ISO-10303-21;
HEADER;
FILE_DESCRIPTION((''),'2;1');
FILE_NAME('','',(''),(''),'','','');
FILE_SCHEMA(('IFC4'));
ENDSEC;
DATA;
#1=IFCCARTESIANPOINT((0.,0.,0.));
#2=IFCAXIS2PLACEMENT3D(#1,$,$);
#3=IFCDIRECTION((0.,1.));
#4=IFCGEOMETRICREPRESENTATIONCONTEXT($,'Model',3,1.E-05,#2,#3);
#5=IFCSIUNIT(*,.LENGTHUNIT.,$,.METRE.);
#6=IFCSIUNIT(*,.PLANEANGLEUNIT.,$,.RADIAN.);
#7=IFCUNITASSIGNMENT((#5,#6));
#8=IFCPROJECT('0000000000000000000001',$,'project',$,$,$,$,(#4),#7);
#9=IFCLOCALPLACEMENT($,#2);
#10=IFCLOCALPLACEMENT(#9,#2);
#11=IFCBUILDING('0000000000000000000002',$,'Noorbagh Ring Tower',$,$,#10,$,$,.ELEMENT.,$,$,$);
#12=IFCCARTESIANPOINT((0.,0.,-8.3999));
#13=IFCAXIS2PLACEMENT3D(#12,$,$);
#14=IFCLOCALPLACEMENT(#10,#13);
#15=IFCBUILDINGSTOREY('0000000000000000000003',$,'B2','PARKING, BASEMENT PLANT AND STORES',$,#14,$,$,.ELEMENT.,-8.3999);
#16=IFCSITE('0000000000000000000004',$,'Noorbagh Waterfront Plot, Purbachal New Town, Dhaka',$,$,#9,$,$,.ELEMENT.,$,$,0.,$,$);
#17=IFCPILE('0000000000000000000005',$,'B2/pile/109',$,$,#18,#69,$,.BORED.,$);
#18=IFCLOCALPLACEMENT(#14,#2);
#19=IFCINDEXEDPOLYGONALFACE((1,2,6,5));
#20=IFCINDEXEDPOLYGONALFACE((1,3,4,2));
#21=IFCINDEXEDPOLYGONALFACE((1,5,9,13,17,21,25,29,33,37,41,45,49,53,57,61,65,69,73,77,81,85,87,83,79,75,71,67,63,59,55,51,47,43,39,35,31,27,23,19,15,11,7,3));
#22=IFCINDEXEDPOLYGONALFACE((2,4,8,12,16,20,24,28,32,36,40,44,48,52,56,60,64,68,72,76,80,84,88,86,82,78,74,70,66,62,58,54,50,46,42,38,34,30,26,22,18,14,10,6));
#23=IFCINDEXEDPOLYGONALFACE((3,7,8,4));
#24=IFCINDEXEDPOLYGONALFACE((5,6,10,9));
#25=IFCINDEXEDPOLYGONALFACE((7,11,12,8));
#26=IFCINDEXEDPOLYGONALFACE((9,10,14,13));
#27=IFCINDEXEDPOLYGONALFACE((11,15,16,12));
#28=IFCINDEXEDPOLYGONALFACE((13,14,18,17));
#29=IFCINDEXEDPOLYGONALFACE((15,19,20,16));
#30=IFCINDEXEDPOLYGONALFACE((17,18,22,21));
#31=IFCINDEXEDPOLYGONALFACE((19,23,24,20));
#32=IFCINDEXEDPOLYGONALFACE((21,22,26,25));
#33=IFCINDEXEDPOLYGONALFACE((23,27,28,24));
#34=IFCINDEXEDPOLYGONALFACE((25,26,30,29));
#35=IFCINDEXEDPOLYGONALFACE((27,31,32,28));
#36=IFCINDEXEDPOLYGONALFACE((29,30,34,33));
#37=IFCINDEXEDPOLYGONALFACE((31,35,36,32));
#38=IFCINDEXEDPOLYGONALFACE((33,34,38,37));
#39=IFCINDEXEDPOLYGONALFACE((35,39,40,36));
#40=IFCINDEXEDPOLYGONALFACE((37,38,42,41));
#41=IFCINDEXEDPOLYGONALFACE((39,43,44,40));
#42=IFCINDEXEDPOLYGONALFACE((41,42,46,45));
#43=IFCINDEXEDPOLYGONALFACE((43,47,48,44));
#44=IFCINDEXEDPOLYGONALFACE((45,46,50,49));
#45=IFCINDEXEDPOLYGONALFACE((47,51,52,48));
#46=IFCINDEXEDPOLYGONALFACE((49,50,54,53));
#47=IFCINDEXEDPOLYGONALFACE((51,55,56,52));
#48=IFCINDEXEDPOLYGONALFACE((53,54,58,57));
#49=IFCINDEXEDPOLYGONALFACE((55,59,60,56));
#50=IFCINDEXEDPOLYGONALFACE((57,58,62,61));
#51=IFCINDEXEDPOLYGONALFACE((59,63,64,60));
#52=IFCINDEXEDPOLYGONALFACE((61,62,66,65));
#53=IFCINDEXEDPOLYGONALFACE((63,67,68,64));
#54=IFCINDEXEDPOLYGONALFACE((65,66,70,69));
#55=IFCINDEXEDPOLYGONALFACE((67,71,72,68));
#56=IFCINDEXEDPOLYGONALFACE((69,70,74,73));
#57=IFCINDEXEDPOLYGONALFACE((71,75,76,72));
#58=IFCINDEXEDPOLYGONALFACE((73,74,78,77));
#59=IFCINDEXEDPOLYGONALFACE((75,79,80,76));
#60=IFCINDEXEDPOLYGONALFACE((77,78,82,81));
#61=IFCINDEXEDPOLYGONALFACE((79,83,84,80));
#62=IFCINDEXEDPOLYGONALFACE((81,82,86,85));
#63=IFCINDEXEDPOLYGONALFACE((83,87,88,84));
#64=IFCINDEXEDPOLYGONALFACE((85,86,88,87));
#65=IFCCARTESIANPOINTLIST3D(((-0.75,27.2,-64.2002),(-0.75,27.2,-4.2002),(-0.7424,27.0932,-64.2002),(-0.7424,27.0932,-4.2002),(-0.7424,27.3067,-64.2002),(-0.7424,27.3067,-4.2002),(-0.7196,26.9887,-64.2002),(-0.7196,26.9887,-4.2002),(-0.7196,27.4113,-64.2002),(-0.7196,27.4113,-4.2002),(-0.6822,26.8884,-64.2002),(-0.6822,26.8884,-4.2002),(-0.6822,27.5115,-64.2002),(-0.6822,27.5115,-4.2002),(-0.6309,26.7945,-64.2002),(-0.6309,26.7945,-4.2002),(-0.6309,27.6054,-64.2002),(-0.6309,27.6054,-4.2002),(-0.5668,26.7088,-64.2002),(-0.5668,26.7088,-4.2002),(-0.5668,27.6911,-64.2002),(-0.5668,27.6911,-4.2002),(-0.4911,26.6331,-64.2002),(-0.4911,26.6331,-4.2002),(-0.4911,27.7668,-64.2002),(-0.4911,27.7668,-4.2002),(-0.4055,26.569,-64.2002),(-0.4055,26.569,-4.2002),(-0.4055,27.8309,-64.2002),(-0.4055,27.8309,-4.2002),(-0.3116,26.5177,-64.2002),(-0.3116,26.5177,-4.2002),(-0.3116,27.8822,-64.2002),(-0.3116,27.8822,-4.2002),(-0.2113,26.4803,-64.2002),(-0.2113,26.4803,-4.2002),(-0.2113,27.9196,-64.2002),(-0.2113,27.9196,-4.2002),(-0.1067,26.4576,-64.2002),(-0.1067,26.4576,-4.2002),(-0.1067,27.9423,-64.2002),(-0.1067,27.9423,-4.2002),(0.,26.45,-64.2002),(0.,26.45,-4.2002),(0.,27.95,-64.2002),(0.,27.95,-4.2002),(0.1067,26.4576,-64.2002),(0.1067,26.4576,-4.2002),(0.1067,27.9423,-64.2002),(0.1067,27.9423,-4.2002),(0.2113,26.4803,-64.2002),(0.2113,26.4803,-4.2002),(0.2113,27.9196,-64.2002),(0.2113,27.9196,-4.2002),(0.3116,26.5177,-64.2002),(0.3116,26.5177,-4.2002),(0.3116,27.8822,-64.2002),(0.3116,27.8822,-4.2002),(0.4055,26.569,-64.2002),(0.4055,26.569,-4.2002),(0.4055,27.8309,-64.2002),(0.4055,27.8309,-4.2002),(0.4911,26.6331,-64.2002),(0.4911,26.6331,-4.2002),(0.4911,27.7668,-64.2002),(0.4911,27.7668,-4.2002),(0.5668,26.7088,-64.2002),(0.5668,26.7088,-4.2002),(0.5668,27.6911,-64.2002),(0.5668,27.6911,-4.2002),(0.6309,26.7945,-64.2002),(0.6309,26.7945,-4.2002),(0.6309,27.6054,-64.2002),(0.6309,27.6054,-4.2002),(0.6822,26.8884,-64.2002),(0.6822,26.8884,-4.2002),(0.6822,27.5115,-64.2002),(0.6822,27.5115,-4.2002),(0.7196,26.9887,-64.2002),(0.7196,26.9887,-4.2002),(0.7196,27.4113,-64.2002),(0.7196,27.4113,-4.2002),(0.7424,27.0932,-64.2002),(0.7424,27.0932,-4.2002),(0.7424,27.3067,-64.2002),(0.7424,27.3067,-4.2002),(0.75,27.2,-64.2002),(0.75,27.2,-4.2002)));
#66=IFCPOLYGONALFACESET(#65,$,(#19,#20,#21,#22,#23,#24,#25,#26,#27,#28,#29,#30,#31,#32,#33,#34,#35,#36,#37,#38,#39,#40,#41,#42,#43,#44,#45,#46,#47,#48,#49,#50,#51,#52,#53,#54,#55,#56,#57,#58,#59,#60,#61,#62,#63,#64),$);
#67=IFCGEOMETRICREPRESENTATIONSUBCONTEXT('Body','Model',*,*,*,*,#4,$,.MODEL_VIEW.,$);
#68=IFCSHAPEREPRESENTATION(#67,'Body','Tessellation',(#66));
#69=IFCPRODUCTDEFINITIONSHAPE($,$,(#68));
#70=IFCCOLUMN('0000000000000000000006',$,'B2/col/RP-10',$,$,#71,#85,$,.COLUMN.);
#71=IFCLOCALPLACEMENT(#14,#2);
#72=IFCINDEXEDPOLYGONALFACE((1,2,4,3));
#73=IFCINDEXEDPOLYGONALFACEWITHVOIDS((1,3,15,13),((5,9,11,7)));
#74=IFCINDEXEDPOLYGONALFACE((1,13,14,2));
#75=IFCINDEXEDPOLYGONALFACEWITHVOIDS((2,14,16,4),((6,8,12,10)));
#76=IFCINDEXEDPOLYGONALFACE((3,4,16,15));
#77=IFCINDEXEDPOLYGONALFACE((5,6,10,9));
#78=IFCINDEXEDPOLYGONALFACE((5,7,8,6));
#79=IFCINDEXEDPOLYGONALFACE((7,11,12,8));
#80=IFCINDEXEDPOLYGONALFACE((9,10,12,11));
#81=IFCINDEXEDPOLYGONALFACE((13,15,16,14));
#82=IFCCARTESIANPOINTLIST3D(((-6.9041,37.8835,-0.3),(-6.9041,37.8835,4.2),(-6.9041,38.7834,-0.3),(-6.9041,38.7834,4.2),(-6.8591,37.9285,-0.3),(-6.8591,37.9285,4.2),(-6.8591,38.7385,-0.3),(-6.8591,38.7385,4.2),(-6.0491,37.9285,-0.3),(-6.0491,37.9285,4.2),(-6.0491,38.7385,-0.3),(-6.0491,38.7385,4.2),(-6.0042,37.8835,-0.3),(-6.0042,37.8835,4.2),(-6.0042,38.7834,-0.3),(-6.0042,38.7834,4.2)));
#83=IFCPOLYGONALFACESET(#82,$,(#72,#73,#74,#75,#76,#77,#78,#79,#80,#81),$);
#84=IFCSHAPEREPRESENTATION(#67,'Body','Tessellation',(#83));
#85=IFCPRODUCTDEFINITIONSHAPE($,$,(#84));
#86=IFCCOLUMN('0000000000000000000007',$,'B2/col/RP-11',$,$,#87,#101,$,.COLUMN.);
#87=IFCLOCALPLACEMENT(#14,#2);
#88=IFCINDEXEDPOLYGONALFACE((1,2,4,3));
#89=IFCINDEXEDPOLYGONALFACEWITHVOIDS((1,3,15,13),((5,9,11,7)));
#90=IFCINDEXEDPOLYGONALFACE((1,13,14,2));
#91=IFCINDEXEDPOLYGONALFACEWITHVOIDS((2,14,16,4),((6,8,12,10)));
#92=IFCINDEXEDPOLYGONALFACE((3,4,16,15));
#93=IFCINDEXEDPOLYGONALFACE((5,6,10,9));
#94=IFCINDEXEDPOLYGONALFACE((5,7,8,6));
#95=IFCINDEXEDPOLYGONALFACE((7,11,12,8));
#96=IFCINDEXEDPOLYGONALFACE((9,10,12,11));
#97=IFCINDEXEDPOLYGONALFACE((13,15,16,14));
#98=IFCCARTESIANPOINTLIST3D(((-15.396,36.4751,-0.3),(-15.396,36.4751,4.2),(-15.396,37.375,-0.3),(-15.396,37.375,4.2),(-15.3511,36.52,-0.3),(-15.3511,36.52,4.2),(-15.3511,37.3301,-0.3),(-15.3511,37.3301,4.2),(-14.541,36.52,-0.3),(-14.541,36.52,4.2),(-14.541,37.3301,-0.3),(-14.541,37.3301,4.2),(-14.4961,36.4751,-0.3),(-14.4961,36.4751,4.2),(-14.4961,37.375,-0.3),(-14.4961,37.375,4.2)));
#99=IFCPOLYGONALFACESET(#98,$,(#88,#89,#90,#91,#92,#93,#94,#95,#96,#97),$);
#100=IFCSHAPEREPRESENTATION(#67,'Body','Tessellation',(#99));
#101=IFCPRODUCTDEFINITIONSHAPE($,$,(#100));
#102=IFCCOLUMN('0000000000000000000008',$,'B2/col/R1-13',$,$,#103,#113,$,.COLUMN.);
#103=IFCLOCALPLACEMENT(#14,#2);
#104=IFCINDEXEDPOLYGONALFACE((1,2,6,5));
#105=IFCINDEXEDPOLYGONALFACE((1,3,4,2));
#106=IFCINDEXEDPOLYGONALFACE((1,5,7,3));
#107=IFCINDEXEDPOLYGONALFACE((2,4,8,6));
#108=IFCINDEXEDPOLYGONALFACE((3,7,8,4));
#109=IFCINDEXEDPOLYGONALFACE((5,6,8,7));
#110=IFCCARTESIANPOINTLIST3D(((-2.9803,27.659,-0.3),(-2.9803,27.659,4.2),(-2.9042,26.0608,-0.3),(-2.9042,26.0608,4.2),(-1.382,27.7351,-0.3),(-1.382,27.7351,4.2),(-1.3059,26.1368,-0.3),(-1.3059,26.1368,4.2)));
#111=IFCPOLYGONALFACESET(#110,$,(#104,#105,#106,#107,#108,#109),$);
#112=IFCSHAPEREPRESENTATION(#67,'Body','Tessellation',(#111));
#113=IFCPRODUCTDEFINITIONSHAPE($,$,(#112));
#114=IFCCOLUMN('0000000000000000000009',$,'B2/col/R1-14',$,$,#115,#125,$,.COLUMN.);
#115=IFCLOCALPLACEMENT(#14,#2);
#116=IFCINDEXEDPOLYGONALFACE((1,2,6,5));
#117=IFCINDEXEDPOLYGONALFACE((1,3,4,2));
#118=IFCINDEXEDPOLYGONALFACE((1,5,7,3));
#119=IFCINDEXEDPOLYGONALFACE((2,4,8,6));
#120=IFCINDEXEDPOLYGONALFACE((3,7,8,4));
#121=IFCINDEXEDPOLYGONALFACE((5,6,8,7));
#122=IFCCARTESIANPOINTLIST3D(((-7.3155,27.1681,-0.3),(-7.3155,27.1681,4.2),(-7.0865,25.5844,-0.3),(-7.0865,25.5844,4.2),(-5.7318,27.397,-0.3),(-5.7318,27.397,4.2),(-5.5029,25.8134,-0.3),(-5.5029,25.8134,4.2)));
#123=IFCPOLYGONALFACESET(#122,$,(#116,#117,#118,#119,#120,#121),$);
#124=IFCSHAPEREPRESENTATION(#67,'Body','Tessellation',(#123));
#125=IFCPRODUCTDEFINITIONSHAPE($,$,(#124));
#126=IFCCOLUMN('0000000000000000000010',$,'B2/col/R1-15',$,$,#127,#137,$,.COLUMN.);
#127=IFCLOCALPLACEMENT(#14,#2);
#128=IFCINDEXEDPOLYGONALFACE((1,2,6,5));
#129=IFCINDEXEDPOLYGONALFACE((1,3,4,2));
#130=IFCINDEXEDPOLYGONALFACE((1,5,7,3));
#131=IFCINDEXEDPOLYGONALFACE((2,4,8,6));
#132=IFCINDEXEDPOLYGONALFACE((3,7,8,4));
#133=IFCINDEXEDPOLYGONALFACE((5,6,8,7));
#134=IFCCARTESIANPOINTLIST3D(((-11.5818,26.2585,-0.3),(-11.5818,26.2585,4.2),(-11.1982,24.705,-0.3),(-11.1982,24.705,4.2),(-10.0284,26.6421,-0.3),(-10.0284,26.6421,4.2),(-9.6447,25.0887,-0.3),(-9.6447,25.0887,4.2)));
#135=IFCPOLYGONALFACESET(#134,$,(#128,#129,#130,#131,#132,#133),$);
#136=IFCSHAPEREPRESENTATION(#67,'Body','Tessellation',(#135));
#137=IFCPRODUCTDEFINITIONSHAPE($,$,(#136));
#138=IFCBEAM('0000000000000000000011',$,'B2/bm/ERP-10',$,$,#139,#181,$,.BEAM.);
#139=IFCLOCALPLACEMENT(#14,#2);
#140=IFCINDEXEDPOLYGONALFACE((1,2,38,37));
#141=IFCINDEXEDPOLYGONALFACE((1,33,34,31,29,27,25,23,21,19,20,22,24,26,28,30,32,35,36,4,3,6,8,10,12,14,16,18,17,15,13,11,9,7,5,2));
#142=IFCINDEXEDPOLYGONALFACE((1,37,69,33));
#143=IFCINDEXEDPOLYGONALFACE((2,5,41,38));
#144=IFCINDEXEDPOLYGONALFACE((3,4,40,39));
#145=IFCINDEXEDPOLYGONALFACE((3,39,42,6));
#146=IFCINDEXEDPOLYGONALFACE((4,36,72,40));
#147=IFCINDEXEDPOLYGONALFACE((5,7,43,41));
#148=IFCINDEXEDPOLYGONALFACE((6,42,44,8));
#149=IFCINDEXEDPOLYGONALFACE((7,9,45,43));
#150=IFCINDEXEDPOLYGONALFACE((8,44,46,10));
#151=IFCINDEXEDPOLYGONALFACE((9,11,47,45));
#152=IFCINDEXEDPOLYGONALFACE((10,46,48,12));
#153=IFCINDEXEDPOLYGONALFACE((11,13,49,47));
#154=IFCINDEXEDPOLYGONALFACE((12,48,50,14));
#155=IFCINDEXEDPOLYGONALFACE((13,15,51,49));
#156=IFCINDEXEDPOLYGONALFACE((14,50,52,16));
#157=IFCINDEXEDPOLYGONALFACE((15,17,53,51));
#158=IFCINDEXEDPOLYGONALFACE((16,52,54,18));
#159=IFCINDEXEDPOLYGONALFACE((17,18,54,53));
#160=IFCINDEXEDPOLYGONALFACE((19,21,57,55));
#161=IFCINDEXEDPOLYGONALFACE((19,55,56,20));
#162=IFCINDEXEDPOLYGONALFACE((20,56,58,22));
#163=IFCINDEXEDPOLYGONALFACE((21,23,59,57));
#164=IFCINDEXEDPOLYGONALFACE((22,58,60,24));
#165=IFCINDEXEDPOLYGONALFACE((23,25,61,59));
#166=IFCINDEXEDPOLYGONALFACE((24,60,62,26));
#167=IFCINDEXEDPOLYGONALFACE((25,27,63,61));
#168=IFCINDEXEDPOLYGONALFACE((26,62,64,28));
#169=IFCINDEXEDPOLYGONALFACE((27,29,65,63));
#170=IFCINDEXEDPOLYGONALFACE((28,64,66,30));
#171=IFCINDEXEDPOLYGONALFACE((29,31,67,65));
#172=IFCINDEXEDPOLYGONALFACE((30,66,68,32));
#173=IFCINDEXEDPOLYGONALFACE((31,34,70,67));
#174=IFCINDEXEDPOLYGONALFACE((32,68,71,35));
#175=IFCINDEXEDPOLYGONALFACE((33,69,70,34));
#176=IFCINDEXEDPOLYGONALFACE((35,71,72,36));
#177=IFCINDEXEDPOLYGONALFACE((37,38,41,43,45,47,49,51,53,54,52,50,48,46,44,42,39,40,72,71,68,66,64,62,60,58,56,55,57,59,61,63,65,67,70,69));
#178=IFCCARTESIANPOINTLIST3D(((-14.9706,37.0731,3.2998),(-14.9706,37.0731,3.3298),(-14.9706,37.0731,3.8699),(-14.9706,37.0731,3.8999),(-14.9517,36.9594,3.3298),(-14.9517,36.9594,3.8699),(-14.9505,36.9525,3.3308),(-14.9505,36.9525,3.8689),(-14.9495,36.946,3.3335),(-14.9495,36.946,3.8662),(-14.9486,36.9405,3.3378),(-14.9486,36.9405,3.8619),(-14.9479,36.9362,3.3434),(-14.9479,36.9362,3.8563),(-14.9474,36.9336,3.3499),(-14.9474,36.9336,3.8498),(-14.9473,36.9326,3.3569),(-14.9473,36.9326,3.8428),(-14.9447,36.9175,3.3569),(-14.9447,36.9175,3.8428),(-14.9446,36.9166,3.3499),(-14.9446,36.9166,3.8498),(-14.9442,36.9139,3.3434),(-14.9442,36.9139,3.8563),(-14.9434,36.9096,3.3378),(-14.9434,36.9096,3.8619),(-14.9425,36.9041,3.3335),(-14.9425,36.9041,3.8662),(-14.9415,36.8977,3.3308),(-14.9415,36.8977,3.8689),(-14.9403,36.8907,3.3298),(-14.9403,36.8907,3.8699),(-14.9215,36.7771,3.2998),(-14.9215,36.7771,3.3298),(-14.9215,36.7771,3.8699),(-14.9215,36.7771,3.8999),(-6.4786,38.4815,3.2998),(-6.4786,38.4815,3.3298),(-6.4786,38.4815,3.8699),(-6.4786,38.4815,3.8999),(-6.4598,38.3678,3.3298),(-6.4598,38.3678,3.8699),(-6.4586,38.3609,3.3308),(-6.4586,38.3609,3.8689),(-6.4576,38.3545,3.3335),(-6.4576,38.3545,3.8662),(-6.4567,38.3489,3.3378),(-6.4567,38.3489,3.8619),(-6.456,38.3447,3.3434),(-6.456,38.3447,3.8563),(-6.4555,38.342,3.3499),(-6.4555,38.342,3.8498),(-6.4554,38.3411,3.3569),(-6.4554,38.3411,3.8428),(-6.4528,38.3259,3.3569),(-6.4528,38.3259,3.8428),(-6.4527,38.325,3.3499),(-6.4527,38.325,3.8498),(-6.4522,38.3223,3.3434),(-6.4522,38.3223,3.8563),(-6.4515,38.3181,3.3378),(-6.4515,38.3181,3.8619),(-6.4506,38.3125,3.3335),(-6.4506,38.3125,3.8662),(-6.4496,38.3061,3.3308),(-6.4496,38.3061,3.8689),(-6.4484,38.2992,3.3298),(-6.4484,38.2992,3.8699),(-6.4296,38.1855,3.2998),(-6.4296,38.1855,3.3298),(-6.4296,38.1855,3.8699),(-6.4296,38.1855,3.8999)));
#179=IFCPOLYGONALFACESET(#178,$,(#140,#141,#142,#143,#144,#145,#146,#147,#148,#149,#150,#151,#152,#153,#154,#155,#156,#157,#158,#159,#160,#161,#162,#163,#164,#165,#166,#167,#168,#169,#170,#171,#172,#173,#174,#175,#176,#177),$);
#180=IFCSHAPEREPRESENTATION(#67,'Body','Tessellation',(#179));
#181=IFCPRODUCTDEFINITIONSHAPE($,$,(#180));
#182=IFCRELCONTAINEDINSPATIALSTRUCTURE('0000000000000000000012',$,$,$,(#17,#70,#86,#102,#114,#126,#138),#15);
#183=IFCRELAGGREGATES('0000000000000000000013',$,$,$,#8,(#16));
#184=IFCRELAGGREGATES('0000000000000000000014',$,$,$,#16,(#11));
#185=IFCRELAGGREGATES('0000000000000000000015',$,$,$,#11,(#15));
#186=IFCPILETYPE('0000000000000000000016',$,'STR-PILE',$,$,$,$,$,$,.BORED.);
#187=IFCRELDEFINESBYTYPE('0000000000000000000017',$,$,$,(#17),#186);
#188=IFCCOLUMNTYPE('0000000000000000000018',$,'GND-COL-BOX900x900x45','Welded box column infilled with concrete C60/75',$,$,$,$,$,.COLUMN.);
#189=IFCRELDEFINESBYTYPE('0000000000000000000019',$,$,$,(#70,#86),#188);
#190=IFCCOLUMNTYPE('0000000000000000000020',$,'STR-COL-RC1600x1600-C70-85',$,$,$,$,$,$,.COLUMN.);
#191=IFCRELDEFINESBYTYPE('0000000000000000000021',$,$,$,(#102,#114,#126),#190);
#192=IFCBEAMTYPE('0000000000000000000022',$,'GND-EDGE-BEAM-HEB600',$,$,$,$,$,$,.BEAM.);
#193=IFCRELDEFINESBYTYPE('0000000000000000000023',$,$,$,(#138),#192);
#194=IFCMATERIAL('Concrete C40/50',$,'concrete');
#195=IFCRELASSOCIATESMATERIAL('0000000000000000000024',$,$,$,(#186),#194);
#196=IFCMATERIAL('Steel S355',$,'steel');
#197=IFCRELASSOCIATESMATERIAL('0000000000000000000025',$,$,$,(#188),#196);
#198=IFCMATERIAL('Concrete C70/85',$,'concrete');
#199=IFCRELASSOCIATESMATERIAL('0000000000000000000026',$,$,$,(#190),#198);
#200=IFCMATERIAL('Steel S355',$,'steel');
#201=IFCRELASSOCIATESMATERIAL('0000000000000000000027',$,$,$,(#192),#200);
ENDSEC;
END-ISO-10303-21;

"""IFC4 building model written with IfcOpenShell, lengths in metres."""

from ifc_helpers import new_model, si_unit, direction, frame, origin, origin_2d, place, context, subcontext, project, spatial, rectangle, hollow_rectangle, circle, i_section, extrude, material, material_profile, profile_set, type_object, element, save


model = new_model("IFC4")

# Units and contexts
model_context = context("Model", 3, precision=1e-05, world=origin(), true_north=direction((0.0, 1.0)))
body_context = subcontext(model_context, "Body", "Model", "MODEL_VIEW")
ifc_project = project(units=[si_unit("LENGTHUNIT", "METRE"), si_unit("PLANEANGLEUNIT", "RADIAN")], contexts=[model_context])

# Site, building, storey
site_placement = place(None, origin())
site = spatial("IfcSite", under=ifc_project, at=site_placement, Name="Noorbagh Waterfront Plot, Purbachal New Town, Dhaka", CompositionType="ELEMENT", RefElevation=0.0)
building_placement = place(site_placement, origin())
building = spatial("IfcBuilding", under=site, at=building_placement, Name="Noorbagh Ring Tower", CompositionType="ELEMENT")
storey_placement = place(building_placement, frame((0.0, 0.0, -8.3999)))
storey = spatial("IfcBuildingStorey", under=building, at=storey_placement, Name="B2", Description="PARKING, BASEMENT PLANT AND STORES", CompositionType="ELEMENT", Elevation=-8.3999)

# Pile
ifc_material_1 = material(Name="Concrete C40/50", Category="concrete")
ifc_material_profile_1 = material_profile(ifc_material_1, circle(Radius=0.75, at=origin_2d()), Name="PILE1500")
ifc_profile_set_1 = profile_set([ifc_material_profile_1], Name="Concrete C40/50")
pile_type_1 = type_object("IfcPileType", Name="STR-PILE", PredefinedType="BORED", material=ifc_profile_set_1)
for number, where, z_axis, x_axis, name in (
    (1, (0.0, 27.2, -4.2002), (0.0, 0.0, -1.0), (1.0, 0.0, 0.0), "B2/pile/109"),
):
    element("IfcPile", number, at=place(storey_placement, frame(where, z_axis=z_axis, x_axis=x_axis)), inside=storey, type_object=pile_type_1, Name=name, PredefinedType="BORED", context=body_context, shape_type="SweptSolid", body=[
        extrude(circle(Radius=0.75, at=origin_2d()), origin(), (0.0, 0.0, 1.0), 60.0),
    ])

# Columns
ifc_material_2 = material(Name="Steel S355", Category="steel")
ifc_material_profile_2 = material_profile(ifc_material_2, hollow_rectangle(XDim=0.8999, YDim=0.8999, WallThickness=0.0449, at=origin_2d()), Name="BOX900x900x45")
ifc_profile_set_2 = profile_set([ifc_material_profile_2], Name="Steel S355")
column_type_1 = type_object("IfcColumnType", Name="GND-COL-BOX900x900x45", Description="Welded box column infilled with concrete C60/75", PredefinedType="COLUMN", material=ifc_profile_set_2)
for number, where, z_axis, x_axis, name in (
    (2, (-6.4541, 38.3335, -0.3), (0.0, 0.0, 1.0), (1.0, 0.0, 0.0), "B2/col/RP-10"),
    (3, (-14.946, 36.925, -0.3), (0.0, 0.0, 1.0), (1.0, 0.0, 0.0), "B2/col/RP-11"),
):
    element("IfcColumn", number, at=place(storey_placement, frame(where, z_axis=z_axis, x_axis=x_axis)), inside=storey, type_object=column_type_1, Name=name, PredefinedType="COLUMN", context=body_context, shape_type="SweptSolid", body=[
        extrude(hollow_rectangle(XDim=0.8999, YDim=0.8999, WallThickness=0.0449, at=origin_2d()), origin(), (0.0, 0.0, 1.0), 4.5),
    ])
ifc_material_3 = material(Name="Concrete C70/85", Category="concrete")
ifc_material_profile_3 = material_profile(ifc_material_3, rectangle(XDim=1.6001, YDim=1.6001, at=origin_2d()), Name="RC1600x1600")
ifc_profile_set_3 = profile_set([ifc_material_profile_3], Name="Concrete C70/85")
column_type_2 = type_object("IfcColumnType", Name="STR-COL-RC1600x1600-C70-85", PredefinedType="COLUMN", material=ifc_profile_set_3)
for number, where, z_axis, x_axis, name in (
    (4, (-2.1431, 26.8979, -0.3), (0.0, 0.0, 1.0), (-0.998869, -0.047553, 0.0), "B2/col/R1-13"),
    (5, (-6.4092, 26.4907, -0.3), (0.0, 0.0, 1.0), (-0.989713, -0.143066, 0.0), "B2/col/R1-14"),
    (6, (-10.6133, 25.6736, -0.3), (0.0, 0.0, 1.0), (-0.970829, -0.239771, 0.0), "B2/col/R1-15"),
):
    element("IfcColumn", number, at=place(storey_placement, frame(where, z_axis=z_axis, x_axis=x_axis)), inside=storey, type_object=column_type_2, Name=name, PredefinedType="COLUMN", context=body_context, shape_type="SweptSolid", body=[
        extrude(rectangle(XDim=1.6001, YDim=1.6001, at=origin_2d()), origin(), (0.0, 0.0, 1.0), 4.5),
    ])

# Beam
ifc_material_4 = material(Name="Steel S355", Category="steel")
ifc_material_profile_4 = material_profile(ifc_material_4, i_section(OverallWidth=0.3, OverallDepth=0.6001, WebThickness=0.0154, FlangeThickness=0.03, FilletRadius=0.0271, at=origin_2d()), Name="HEB600")
ifc_profile_set_4 = profile_set([ifc_material_profile_4], Name="Steel S355")
beam_type_1 = type_object("IfcBeamType", Name="GND-EDGE-BEAM-HEB600", PredefinedType="BEAM", material=ifc_profile_set_4)
beam_1_placement = place(storey_placement, frame((-6.4541, 38.3335, 3.5999), z_axis=(-0.986523, -0.163622, 0.0), x_axis=(0.163622, -0.986523, 0.0)))
element("IfcBeam", 7, at=beam_1_placement, inside=storey, type_object=beam_type_1, Name="B2/bm/ERP-10", PredefinedType="BEAM", context=body_context, shape_type="SweptSolid", body=[
    extrude(i_section(OverallWidth=0.3, OverallDepth=0.6001, WebThickness=0.0154, FlangeThickness=0.03, FilletRadius=0.0271, at=origin_2d()), origin(), (0.0, 0.0, 1.0), 8.6079),
])

save(model, "model.ifc")
